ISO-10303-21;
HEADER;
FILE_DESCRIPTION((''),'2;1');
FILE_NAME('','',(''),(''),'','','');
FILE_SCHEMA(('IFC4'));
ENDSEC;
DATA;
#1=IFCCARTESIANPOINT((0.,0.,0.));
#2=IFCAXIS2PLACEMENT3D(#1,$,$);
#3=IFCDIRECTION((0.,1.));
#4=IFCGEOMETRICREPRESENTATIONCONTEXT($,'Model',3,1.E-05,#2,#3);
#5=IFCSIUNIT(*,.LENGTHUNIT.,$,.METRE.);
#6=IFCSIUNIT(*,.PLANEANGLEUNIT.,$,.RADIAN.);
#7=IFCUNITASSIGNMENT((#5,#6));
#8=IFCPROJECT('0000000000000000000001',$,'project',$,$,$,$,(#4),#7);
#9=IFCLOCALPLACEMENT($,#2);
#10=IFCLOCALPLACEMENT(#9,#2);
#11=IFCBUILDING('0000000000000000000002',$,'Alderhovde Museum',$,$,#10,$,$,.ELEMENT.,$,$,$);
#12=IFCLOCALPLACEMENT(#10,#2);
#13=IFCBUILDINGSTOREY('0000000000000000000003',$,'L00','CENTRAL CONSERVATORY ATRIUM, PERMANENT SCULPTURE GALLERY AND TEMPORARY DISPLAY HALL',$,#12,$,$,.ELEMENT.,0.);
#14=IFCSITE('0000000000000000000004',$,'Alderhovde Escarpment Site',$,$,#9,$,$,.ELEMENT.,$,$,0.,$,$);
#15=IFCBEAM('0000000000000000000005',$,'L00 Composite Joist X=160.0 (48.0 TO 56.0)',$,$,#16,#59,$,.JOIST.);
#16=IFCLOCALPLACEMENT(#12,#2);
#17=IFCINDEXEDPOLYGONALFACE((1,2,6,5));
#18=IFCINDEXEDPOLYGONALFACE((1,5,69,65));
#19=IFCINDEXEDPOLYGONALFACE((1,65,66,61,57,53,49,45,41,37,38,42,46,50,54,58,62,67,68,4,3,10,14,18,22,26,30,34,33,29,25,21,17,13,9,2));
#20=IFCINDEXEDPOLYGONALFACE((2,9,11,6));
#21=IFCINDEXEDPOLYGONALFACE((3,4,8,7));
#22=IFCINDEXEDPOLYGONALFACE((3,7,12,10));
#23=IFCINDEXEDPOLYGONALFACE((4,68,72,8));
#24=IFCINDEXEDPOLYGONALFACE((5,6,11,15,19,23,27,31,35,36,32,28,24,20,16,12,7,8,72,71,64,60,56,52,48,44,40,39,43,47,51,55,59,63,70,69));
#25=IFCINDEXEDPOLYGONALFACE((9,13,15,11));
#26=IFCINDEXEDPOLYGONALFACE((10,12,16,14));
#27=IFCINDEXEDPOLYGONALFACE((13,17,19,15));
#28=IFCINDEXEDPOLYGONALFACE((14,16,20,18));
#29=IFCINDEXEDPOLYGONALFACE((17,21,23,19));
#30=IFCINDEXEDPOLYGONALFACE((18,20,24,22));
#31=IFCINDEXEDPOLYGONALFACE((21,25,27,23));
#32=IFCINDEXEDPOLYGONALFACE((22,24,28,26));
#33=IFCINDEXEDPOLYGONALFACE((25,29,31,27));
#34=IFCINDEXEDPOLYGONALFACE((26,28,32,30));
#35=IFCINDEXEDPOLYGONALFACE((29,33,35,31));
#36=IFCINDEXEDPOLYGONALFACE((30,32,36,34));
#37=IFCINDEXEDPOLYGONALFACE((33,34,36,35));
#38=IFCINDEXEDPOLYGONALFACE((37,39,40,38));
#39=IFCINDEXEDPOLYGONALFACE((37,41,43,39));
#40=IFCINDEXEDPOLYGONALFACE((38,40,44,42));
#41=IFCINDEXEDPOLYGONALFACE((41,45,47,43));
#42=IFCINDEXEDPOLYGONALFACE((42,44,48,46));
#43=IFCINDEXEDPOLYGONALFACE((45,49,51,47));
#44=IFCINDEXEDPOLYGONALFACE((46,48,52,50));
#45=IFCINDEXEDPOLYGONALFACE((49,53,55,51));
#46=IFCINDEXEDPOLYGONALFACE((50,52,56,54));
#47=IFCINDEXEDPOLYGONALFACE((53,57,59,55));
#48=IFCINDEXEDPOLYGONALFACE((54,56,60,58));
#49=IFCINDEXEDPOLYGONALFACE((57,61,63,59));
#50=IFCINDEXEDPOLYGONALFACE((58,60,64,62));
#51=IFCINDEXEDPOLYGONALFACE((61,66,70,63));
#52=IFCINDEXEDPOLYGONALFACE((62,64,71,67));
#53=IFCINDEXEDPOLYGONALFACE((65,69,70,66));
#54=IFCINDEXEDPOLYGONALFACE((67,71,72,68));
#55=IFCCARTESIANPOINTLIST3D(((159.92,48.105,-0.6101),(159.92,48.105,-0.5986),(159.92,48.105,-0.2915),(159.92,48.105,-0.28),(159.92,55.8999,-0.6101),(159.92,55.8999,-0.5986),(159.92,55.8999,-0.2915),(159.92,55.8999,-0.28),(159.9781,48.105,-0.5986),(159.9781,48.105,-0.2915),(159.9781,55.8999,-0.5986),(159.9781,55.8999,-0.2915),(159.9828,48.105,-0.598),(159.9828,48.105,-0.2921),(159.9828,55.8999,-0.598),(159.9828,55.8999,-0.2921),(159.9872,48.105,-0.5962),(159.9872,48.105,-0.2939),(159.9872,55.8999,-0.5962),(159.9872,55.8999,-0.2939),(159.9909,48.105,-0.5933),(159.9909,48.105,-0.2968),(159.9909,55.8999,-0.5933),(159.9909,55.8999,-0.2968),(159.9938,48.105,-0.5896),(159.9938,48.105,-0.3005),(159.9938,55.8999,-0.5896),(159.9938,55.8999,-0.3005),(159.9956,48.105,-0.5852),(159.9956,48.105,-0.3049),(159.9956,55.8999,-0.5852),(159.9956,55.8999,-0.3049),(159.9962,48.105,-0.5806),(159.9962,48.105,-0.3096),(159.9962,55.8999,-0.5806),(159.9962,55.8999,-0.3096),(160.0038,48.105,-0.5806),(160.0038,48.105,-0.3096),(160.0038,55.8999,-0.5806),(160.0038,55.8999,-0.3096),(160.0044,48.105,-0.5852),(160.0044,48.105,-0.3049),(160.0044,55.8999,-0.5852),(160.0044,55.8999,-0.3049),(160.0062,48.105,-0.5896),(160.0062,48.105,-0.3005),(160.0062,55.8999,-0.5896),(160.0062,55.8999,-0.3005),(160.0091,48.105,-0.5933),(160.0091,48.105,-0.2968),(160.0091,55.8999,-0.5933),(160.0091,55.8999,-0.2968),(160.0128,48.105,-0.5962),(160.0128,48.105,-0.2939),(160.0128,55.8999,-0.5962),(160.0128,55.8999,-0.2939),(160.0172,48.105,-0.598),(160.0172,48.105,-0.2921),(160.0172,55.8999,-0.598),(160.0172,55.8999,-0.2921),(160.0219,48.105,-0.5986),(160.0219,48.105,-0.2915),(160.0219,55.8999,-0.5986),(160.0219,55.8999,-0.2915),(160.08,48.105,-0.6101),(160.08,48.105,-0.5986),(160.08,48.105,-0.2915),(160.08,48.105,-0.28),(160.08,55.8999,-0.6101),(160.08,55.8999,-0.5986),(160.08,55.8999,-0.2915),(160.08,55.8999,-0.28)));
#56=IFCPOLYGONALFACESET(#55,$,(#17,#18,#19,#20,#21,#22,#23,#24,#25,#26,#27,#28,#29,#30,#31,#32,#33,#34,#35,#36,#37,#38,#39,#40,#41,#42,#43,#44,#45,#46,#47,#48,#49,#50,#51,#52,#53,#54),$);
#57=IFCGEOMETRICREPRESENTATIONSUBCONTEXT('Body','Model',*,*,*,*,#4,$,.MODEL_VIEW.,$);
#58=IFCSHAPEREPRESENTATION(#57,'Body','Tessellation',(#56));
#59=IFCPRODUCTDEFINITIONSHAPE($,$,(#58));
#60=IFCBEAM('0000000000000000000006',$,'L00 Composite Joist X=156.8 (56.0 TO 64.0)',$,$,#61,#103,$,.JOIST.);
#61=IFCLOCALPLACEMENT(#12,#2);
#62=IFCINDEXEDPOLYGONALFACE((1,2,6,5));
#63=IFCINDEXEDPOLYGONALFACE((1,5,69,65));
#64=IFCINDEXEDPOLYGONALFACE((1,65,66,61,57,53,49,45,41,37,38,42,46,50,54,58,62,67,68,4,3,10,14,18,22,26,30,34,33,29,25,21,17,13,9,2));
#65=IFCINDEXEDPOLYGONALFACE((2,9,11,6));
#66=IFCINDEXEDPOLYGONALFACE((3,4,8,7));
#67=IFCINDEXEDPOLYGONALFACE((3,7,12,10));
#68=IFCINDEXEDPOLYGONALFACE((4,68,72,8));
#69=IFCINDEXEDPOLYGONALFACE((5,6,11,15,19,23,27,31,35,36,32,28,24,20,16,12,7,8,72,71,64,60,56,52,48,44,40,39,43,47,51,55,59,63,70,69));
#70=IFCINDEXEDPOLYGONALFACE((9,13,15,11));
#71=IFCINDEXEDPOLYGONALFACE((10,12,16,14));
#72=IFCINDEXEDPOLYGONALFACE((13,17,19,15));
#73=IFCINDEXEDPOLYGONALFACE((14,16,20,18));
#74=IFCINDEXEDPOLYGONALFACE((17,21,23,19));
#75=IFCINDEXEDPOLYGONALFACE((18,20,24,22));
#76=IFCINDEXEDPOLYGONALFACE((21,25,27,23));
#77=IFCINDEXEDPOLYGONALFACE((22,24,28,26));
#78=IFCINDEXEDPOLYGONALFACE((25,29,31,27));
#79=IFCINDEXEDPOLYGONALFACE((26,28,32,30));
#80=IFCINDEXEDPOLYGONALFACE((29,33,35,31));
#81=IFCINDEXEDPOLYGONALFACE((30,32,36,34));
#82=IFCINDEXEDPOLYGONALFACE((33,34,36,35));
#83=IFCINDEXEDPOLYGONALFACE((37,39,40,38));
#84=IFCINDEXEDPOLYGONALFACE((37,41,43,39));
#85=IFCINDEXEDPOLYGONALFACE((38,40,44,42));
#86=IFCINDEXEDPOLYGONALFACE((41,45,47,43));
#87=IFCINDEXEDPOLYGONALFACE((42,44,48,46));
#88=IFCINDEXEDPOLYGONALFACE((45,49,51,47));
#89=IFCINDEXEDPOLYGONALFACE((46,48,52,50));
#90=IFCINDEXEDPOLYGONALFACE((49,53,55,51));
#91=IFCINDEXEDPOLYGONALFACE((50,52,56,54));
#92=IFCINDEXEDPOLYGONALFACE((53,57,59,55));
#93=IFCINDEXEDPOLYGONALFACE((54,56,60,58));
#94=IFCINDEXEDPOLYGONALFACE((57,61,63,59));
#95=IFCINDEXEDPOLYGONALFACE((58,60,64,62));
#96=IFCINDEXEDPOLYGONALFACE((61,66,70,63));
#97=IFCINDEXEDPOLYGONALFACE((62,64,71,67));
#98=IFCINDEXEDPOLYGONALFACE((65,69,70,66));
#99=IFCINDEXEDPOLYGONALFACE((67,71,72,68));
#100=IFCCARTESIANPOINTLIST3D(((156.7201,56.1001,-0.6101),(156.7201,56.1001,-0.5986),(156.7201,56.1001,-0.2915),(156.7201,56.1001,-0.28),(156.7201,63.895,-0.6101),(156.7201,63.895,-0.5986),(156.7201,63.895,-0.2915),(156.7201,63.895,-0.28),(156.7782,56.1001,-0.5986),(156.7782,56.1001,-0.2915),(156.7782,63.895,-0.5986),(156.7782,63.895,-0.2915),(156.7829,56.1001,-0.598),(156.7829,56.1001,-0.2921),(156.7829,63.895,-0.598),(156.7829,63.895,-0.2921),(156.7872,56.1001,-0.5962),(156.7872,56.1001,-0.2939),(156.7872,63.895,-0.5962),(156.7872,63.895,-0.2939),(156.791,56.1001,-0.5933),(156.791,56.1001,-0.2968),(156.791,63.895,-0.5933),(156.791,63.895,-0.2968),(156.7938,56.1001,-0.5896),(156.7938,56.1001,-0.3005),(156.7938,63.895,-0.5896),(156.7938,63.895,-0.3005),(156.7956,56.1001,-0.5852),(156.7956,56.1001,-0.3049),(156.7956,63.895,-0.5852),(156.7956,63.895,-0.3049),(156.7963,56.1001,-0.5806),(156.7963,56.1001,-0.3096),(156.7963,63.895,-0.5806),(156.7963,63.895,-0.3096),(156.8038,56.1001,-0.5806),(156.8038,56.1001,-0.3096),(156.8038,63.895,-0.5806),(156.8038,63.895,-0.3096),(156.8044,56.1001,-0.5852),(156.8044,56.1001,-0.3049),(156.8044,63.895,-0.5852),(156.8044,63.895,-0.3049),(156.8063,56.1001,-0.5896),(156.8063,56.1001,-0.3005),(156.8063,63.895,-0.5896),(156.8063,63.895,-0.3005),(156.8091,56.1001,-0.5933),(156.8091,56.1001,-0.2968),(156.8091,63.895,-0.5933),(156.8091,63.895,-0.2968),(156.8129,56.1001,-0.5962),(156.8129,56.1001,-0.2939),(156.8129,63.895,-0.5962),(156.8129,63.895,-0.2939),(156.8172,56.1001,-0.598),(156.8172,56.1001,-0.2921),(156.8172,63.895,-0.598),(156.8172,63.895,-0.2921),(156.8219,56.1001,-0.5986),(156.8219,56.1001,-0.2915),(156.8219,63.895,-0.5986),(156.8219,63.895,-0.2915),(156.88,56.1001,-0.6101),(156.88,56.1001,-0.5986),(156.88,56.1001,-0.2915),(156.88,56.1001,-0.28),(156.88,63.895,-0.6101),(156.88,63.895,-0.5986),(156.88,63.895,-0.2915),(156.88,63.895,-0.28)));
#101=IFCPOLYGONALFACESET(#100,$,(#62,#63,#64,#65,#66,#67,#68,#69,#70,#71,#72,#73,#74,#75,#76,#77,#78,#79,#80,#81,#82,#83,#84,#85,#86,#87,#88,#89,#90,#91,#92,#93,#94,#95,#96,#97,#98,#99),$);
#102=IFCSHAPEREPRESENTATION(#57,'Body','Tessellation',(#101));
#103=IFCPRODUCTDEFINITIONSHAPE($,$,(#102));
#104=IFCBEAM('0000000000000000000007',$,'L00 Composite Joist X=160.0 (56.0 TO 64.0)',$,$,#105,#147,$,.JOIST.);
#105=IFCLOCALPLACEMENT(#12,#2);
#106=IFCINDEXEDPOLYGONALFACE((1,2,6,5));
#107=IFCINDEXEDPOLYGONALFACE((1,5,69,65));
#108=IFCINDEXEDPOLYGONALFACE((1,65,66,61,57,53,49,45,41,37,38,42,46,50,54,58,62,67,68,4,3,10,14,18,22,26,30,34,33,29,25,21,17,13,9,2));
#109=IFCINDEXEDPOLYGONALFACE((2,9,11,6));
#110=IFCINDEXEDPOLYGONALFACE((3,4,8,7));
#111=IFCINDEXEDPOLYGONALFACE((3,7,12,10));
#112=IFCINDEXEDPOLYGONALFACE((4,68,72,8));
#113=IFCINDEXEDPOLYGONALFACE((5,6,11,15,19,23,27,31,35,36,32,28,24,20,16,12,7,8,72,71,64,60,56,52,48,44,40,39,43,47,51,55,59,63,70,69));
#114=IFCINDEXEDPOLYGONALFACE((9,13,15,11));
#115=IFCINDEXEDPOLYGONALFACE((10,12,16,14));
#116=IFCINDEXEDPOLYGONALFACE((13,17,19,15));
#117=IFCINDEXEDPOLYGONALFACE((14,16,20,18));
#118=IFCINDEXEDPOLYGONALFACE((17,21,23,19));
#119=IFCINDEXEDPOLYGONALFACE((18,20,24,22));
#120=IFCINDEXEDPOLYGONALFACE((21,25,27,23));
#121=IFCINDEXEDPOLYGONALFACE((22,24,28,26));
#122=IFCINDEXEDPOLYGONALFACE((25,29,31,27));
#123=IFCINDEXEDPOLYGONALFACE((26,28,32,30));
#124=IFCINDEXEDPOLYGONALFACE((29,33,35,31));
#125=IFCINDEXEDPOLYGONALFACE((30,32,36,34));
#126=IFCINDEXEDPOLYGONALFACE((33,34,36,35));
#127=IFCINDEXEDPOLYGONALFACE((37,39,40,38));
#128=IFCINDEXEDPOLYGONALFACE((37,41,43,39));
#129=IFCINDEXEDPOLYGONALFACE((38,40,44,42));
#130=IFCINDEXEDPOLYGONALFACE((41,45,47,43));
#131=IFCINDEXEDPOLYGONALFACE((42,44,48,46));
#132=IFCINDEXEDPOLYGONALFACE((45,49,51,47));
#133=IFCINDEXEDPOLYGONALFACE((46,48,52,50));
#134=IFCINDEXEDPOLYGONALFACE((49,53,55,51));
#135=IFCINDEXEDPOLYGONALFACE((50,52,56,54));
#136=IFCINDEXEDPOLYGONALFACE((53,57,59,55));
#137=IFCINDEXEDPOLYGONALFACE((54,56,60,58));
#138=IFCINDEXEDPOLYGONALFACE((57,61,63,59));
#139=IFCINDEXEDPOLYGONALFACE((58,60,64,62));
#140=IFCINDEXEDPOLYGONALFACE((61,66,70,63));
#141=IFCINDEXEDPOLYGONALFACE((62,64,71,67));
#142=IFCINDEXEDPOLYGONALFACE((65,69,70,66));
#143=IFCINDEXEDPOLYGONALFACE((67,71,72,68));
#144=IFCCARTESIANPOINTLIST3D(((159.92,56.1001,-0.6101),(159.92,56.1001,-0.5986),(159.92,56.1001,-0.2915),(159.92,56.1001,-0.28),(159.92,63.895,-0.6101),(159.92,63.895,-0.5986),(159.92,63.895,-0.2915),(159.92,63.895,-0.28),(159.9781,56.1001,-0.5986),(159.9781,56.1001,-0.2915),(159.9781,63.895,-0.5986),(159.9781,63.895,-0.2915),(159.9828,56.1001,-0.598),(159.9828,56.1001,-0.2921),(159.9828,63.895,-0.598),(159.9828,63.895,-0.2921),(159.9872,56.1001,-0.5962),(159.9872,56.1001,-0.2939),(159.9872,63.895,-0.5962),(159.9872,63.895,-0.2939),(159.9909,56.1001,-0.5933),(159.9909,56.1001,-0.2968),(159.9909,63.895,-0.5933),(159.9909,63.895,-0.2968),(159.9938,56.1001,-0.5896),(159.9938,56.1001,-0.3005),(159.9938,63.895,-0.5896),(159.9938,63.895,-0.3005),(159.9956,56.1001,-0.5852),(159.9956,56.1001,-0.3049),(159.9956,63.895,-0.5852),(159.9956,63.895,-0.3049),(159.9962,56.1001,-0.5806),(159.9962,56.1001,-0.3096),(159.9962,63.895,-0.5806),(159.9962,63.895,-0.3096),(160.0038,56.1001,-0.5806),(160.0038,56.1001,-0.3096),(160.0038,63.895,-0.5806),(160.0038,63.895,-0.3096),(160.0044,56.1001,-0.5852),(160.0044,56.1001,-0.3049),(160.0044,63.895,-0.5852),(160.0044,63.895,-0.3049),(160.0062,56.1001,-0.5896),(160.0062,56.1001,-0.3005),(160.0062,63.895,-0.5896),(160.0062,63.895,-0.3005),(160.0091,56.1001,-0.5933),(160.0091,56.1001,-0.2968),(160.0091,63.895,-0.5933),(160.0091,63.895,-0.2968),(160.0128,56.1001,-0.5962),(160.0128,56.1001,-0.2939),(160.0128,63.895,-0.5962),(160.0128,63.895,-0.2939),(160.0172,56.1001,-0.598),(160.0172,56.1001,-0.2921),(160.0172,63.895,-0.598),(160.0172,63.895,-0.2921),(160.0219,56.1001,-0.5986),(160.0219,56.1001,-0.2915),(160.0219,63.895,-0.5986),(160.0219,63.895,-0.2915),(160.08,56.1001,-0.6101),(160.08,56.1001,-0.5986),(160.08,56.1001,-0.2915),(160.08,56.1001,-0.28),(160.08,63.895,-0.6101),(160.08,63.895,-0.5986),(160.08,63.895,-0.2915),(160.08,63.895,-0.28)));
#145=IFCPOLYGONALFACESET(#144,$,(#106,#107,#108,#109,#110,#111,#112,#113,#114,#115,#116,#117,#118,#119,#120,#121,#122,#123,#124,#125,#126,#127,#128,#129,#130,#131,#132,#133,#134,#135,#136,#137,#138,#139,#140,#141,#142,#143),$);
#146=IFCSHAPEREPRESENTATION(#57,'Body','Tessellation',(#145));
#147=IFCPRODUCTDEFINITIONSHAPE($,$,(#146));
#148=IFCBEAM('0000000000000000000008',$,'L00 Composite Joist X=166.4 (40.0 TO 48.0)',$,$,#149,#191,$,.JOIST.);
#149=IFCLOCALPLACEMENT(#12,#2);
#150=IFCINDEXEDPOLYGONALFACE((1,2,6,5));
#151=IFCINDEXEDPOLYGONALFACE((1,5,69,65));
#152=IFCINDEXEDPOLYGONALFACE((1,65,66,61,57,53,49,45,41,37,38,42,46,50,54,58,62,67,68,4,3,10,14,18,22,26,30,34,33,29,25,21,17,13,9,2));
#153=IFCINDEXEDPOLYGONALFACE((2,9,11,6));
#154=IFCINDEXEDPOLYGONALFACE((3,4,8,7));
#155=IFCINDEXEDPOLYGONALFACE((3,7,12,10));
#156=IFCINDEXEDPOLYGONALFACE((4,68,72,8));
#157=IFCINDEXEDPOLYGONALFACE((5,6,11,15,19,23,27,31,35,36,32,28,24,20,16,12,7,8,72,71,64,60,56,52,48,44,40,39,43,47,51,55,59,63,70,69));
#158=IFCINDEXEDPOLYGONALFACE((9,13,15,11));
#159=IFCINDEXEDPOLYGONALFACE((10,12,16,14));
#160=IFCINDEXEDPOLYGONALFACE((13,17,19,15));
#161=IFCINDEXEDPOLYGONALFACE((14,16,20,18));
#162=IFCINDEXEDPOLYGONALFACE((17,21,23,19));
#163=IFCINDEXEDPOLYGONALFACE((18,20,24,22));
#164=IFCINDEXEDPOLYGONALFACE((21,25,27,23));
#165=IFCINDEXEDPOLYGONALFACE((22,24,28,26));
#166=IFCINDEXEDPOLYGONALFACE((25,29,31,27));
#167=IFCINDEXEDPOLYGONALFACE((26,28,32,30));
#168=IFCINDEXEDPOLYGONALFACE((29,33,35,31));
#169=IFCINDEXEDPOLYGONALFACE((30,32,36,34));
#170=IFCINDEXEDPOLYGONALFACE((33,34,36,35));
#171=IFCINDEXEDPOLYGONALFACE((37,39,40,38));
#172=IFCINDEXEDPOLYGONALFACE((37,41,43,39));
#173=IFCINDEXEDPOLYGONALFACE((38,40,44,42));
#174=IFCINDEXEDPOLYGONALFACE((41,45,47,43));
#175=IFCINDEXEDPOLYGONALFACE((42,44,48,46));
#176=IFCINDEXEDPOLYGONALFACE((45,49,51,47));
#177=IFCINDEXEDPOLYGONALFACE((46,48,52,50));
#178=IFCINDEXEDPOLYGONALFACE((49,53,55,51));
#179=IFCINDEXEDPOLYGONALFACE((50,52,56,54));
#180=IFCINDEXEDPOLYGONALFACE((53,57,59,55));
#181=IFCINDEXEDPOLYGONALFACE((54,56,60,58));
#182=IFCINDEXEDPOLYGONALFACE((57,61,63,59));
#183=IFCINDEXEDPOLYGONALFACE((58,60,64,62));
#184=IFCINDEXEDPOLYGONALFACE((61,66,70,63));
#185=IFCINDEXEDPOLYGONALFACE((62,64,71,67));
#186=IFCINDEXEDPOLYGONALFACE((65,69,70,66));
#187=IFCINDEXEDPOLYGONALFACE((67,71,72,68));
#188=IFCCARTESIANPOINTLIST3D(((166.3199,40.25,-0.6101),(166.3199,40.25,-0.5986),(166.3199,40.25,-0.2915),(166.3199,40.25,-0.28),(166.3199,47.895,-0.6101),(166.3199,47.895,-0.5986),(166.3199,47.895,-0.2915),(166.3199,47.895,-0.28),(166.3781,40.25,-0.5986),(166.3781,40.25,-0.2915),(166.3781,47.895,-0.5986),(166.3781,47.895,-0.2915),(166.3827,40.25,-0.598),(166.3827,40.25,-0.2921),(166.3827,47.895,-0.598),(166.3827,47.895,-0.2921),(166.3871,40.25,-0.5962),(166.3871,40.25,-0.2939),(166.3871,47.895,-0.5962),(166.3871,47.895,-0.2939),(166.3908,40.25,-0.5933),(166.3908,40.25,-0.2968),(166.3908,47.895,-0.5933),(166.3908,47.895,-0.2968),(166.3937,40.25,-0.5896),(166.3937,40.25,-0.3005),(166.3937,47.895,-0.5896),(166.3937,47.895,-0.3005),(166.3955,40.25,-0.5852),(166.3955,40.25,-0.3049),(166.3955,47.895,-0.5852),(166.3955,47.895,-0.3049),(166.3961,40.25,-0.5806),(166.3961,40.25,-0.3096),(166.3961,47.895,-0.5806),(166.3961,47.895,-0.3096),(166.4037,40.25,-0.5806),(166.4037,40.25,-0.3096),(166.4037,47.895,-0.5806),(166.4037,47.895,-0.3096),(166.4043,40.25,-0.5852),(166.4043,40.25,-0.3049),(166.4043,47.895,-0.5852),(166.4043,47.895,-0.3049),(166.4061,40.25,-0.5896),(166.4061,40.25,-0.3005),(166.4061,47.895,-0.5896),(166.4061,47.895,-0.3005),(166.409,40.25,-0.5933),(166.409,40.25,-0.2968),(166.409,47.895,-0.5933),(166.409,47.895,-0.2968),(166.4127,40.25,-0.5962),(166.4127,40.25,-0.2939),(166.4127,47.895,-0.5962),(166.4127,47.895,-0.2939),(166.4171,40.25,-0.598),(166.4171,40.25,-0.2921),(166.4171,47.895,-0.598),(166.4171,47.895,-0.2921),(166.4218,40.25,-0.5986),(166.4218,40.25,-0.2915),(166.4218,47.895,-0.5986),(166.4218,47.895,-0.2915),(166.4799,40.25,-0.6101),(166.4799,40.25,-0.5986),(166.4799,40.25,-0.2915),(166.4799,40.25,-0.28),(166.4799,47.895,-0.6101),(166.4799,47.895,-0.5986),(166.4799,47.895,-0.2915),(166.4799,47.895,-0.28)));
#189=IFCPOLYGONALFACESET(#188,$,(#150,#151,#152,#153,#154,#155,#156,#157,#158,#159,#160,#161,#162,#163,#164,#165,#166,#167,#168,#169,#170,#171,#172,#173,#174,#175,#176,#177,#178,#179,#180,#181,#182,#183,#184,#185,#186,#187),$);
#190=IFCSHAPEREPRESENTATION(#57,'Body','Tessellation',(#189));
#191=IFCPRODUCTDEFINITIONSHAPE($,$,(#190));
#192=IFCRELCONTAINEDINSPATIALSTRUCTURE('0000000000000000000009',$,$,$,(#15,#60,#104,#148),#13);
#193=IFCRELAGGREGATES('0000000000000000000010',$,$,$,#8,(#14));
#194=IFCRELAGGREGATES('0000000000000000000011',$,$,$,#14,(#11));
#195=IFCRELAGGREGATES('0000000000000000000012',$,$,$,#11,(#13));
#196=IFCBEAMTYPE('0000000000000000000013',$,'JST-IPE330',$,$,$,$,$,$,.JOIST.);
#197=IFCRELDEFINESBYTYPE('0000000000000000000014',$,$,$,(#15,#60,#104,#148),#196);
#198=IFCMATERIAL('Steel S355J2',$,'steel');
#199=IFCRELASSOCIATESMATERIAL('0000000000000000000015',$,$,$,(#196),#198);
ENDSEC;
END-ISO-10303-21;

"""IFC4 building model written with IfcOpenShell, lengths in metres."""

from ifc_helpers import new_model, si_unit, direction, frame, origin, origin_2d, place, context, subcontext, project, spatial, i_section, extrude, material, material_profile, profile_set, type_object, element, save


model = new_model("IFC4")

# Units and contexts
model_context = context("Model", 3, precision=1e-05, world=origin(), true_north=direction((0.0, 1.0)))
body_context = subcontext(model_context, "Body", "Model", "MODEL_VIEW")
ifc_project = project(units=[si_unit("LENGTHUNIT", "METRE"), si_unit("PLANEANGLEUNIT", "RADIAN")], contexts=[model_context])

# Site, building, storey
site_placement = place(None, origin())
site = spatial("IfcSite", under=ifc_project, at=site_placement, Name="Alderhovde Escarpment Site", CompositionType="ELEMENT", RefElevation=0.0)
building_placement = place(site_placement, origin())
building = spatial("IfcBuilding", under=site, at=building_placement, Name="Alderhovde Museum", CompositionType="ELEMENT")
storey_placement = place(building_placement, origin())
storey = spatial("IfcBuildingStorey", under=building, at=storey_placement, Name="L00", Description="CENTRAL CONSERVATORY ATRIUM, PERMANENT SCULPTURE GALLERY AND TEMPORARY DISPLAY HALL", CompositionType="ELEMENT", Elevation=0.0)

# Beams
ifc_material_1 = material(Name="Steel S355J2", Category="steel")
ifc_material_profile_1 = material_profile(ifc_material_1, i_section(OverallWidth=0.1599, OverallDepth=0.3301, WebThickness=0.0076, FlangeThickness=0.0115, FilletRadius=0.0181, at=origin_2d()), Name="IPE 330")
ifc_profile_set_1 = profile_set([ifc_material_profile_1], Name="Steel S355J2")
beam_type_1 = type_object("IfcBeamType", Name="JST-IPE330", PredefinedType="JOIST", material=ifc_profile_set_1)
for number, where, z_axis, x_axis, name in (
    (1, (160.0, 48.105, -0.4451), (0.0, 1.0, 0.0), (-1.0, 0.0, 0.0), "L00 Composite Joist X=160.0 (48.0 TO 56.0)"),
    (2, (156.8, 56.1001, -0.4451), (0.0, 1.0, 0.0), (-1.0, 0.0, 0.0), "L00 Composite Joist X=156.8 (56.0 TO 64.0)"),
    (3, (160.0, 56.1001, -0.4451), (0.0, 1.0, 0.0), (-1.0, 0.0, 0.0), "L00 Composite Joist X=160.0 (56.0 TO 64.0)"),
):
    element("IfcBeam", number, at=place(storey_placement, frame(where, z_axis=z_axis, x_axis=x_axis)), inside=storey, type_object=beam_type_1, Name=name, PredefinedType="JOIST", context=body_context, shape_type="SweptSolid", body=[
        extrude(i_section(OverallWidth=0.1599, OverallDepth=0.3301, WebThickness=0.0076, FlangeThickness=0.0115, FilletRadius=0.0181, at=origin_2d()), origin(), (0.0, 0.0, 1.0), 7.7949),
    ])
for number, where, z_axis, x_axis, name in (
    (4, (166.3999, 40.25, -0.4451), (0.0, 1.0, 0.0), (-1.0, 0.0, 0.0), "L00 Composite Joist X=166.4 (40.0 TO 48.0)"),
):
    element("IfcBeam", number, at=place(storey_placement, frame(where, z_axis=z_axis, x_axis=x_axis)), inside=storey, type_object=beam_type_1, Name=name, PredefinedType="JOIST", context=body_context, shape_type="SweptSolid", body=[
        extrude(i_section(OverallWidth=0.1599, OverallDepth=0.3301, WebThickness=0.0076, FlangeThickness=0.0115, FilletRadius=0.0181, at=origin_2d()), origin(), (0.0, 0.0, 1.0), 7.645),
    ])

save(model, "model.ifc")
